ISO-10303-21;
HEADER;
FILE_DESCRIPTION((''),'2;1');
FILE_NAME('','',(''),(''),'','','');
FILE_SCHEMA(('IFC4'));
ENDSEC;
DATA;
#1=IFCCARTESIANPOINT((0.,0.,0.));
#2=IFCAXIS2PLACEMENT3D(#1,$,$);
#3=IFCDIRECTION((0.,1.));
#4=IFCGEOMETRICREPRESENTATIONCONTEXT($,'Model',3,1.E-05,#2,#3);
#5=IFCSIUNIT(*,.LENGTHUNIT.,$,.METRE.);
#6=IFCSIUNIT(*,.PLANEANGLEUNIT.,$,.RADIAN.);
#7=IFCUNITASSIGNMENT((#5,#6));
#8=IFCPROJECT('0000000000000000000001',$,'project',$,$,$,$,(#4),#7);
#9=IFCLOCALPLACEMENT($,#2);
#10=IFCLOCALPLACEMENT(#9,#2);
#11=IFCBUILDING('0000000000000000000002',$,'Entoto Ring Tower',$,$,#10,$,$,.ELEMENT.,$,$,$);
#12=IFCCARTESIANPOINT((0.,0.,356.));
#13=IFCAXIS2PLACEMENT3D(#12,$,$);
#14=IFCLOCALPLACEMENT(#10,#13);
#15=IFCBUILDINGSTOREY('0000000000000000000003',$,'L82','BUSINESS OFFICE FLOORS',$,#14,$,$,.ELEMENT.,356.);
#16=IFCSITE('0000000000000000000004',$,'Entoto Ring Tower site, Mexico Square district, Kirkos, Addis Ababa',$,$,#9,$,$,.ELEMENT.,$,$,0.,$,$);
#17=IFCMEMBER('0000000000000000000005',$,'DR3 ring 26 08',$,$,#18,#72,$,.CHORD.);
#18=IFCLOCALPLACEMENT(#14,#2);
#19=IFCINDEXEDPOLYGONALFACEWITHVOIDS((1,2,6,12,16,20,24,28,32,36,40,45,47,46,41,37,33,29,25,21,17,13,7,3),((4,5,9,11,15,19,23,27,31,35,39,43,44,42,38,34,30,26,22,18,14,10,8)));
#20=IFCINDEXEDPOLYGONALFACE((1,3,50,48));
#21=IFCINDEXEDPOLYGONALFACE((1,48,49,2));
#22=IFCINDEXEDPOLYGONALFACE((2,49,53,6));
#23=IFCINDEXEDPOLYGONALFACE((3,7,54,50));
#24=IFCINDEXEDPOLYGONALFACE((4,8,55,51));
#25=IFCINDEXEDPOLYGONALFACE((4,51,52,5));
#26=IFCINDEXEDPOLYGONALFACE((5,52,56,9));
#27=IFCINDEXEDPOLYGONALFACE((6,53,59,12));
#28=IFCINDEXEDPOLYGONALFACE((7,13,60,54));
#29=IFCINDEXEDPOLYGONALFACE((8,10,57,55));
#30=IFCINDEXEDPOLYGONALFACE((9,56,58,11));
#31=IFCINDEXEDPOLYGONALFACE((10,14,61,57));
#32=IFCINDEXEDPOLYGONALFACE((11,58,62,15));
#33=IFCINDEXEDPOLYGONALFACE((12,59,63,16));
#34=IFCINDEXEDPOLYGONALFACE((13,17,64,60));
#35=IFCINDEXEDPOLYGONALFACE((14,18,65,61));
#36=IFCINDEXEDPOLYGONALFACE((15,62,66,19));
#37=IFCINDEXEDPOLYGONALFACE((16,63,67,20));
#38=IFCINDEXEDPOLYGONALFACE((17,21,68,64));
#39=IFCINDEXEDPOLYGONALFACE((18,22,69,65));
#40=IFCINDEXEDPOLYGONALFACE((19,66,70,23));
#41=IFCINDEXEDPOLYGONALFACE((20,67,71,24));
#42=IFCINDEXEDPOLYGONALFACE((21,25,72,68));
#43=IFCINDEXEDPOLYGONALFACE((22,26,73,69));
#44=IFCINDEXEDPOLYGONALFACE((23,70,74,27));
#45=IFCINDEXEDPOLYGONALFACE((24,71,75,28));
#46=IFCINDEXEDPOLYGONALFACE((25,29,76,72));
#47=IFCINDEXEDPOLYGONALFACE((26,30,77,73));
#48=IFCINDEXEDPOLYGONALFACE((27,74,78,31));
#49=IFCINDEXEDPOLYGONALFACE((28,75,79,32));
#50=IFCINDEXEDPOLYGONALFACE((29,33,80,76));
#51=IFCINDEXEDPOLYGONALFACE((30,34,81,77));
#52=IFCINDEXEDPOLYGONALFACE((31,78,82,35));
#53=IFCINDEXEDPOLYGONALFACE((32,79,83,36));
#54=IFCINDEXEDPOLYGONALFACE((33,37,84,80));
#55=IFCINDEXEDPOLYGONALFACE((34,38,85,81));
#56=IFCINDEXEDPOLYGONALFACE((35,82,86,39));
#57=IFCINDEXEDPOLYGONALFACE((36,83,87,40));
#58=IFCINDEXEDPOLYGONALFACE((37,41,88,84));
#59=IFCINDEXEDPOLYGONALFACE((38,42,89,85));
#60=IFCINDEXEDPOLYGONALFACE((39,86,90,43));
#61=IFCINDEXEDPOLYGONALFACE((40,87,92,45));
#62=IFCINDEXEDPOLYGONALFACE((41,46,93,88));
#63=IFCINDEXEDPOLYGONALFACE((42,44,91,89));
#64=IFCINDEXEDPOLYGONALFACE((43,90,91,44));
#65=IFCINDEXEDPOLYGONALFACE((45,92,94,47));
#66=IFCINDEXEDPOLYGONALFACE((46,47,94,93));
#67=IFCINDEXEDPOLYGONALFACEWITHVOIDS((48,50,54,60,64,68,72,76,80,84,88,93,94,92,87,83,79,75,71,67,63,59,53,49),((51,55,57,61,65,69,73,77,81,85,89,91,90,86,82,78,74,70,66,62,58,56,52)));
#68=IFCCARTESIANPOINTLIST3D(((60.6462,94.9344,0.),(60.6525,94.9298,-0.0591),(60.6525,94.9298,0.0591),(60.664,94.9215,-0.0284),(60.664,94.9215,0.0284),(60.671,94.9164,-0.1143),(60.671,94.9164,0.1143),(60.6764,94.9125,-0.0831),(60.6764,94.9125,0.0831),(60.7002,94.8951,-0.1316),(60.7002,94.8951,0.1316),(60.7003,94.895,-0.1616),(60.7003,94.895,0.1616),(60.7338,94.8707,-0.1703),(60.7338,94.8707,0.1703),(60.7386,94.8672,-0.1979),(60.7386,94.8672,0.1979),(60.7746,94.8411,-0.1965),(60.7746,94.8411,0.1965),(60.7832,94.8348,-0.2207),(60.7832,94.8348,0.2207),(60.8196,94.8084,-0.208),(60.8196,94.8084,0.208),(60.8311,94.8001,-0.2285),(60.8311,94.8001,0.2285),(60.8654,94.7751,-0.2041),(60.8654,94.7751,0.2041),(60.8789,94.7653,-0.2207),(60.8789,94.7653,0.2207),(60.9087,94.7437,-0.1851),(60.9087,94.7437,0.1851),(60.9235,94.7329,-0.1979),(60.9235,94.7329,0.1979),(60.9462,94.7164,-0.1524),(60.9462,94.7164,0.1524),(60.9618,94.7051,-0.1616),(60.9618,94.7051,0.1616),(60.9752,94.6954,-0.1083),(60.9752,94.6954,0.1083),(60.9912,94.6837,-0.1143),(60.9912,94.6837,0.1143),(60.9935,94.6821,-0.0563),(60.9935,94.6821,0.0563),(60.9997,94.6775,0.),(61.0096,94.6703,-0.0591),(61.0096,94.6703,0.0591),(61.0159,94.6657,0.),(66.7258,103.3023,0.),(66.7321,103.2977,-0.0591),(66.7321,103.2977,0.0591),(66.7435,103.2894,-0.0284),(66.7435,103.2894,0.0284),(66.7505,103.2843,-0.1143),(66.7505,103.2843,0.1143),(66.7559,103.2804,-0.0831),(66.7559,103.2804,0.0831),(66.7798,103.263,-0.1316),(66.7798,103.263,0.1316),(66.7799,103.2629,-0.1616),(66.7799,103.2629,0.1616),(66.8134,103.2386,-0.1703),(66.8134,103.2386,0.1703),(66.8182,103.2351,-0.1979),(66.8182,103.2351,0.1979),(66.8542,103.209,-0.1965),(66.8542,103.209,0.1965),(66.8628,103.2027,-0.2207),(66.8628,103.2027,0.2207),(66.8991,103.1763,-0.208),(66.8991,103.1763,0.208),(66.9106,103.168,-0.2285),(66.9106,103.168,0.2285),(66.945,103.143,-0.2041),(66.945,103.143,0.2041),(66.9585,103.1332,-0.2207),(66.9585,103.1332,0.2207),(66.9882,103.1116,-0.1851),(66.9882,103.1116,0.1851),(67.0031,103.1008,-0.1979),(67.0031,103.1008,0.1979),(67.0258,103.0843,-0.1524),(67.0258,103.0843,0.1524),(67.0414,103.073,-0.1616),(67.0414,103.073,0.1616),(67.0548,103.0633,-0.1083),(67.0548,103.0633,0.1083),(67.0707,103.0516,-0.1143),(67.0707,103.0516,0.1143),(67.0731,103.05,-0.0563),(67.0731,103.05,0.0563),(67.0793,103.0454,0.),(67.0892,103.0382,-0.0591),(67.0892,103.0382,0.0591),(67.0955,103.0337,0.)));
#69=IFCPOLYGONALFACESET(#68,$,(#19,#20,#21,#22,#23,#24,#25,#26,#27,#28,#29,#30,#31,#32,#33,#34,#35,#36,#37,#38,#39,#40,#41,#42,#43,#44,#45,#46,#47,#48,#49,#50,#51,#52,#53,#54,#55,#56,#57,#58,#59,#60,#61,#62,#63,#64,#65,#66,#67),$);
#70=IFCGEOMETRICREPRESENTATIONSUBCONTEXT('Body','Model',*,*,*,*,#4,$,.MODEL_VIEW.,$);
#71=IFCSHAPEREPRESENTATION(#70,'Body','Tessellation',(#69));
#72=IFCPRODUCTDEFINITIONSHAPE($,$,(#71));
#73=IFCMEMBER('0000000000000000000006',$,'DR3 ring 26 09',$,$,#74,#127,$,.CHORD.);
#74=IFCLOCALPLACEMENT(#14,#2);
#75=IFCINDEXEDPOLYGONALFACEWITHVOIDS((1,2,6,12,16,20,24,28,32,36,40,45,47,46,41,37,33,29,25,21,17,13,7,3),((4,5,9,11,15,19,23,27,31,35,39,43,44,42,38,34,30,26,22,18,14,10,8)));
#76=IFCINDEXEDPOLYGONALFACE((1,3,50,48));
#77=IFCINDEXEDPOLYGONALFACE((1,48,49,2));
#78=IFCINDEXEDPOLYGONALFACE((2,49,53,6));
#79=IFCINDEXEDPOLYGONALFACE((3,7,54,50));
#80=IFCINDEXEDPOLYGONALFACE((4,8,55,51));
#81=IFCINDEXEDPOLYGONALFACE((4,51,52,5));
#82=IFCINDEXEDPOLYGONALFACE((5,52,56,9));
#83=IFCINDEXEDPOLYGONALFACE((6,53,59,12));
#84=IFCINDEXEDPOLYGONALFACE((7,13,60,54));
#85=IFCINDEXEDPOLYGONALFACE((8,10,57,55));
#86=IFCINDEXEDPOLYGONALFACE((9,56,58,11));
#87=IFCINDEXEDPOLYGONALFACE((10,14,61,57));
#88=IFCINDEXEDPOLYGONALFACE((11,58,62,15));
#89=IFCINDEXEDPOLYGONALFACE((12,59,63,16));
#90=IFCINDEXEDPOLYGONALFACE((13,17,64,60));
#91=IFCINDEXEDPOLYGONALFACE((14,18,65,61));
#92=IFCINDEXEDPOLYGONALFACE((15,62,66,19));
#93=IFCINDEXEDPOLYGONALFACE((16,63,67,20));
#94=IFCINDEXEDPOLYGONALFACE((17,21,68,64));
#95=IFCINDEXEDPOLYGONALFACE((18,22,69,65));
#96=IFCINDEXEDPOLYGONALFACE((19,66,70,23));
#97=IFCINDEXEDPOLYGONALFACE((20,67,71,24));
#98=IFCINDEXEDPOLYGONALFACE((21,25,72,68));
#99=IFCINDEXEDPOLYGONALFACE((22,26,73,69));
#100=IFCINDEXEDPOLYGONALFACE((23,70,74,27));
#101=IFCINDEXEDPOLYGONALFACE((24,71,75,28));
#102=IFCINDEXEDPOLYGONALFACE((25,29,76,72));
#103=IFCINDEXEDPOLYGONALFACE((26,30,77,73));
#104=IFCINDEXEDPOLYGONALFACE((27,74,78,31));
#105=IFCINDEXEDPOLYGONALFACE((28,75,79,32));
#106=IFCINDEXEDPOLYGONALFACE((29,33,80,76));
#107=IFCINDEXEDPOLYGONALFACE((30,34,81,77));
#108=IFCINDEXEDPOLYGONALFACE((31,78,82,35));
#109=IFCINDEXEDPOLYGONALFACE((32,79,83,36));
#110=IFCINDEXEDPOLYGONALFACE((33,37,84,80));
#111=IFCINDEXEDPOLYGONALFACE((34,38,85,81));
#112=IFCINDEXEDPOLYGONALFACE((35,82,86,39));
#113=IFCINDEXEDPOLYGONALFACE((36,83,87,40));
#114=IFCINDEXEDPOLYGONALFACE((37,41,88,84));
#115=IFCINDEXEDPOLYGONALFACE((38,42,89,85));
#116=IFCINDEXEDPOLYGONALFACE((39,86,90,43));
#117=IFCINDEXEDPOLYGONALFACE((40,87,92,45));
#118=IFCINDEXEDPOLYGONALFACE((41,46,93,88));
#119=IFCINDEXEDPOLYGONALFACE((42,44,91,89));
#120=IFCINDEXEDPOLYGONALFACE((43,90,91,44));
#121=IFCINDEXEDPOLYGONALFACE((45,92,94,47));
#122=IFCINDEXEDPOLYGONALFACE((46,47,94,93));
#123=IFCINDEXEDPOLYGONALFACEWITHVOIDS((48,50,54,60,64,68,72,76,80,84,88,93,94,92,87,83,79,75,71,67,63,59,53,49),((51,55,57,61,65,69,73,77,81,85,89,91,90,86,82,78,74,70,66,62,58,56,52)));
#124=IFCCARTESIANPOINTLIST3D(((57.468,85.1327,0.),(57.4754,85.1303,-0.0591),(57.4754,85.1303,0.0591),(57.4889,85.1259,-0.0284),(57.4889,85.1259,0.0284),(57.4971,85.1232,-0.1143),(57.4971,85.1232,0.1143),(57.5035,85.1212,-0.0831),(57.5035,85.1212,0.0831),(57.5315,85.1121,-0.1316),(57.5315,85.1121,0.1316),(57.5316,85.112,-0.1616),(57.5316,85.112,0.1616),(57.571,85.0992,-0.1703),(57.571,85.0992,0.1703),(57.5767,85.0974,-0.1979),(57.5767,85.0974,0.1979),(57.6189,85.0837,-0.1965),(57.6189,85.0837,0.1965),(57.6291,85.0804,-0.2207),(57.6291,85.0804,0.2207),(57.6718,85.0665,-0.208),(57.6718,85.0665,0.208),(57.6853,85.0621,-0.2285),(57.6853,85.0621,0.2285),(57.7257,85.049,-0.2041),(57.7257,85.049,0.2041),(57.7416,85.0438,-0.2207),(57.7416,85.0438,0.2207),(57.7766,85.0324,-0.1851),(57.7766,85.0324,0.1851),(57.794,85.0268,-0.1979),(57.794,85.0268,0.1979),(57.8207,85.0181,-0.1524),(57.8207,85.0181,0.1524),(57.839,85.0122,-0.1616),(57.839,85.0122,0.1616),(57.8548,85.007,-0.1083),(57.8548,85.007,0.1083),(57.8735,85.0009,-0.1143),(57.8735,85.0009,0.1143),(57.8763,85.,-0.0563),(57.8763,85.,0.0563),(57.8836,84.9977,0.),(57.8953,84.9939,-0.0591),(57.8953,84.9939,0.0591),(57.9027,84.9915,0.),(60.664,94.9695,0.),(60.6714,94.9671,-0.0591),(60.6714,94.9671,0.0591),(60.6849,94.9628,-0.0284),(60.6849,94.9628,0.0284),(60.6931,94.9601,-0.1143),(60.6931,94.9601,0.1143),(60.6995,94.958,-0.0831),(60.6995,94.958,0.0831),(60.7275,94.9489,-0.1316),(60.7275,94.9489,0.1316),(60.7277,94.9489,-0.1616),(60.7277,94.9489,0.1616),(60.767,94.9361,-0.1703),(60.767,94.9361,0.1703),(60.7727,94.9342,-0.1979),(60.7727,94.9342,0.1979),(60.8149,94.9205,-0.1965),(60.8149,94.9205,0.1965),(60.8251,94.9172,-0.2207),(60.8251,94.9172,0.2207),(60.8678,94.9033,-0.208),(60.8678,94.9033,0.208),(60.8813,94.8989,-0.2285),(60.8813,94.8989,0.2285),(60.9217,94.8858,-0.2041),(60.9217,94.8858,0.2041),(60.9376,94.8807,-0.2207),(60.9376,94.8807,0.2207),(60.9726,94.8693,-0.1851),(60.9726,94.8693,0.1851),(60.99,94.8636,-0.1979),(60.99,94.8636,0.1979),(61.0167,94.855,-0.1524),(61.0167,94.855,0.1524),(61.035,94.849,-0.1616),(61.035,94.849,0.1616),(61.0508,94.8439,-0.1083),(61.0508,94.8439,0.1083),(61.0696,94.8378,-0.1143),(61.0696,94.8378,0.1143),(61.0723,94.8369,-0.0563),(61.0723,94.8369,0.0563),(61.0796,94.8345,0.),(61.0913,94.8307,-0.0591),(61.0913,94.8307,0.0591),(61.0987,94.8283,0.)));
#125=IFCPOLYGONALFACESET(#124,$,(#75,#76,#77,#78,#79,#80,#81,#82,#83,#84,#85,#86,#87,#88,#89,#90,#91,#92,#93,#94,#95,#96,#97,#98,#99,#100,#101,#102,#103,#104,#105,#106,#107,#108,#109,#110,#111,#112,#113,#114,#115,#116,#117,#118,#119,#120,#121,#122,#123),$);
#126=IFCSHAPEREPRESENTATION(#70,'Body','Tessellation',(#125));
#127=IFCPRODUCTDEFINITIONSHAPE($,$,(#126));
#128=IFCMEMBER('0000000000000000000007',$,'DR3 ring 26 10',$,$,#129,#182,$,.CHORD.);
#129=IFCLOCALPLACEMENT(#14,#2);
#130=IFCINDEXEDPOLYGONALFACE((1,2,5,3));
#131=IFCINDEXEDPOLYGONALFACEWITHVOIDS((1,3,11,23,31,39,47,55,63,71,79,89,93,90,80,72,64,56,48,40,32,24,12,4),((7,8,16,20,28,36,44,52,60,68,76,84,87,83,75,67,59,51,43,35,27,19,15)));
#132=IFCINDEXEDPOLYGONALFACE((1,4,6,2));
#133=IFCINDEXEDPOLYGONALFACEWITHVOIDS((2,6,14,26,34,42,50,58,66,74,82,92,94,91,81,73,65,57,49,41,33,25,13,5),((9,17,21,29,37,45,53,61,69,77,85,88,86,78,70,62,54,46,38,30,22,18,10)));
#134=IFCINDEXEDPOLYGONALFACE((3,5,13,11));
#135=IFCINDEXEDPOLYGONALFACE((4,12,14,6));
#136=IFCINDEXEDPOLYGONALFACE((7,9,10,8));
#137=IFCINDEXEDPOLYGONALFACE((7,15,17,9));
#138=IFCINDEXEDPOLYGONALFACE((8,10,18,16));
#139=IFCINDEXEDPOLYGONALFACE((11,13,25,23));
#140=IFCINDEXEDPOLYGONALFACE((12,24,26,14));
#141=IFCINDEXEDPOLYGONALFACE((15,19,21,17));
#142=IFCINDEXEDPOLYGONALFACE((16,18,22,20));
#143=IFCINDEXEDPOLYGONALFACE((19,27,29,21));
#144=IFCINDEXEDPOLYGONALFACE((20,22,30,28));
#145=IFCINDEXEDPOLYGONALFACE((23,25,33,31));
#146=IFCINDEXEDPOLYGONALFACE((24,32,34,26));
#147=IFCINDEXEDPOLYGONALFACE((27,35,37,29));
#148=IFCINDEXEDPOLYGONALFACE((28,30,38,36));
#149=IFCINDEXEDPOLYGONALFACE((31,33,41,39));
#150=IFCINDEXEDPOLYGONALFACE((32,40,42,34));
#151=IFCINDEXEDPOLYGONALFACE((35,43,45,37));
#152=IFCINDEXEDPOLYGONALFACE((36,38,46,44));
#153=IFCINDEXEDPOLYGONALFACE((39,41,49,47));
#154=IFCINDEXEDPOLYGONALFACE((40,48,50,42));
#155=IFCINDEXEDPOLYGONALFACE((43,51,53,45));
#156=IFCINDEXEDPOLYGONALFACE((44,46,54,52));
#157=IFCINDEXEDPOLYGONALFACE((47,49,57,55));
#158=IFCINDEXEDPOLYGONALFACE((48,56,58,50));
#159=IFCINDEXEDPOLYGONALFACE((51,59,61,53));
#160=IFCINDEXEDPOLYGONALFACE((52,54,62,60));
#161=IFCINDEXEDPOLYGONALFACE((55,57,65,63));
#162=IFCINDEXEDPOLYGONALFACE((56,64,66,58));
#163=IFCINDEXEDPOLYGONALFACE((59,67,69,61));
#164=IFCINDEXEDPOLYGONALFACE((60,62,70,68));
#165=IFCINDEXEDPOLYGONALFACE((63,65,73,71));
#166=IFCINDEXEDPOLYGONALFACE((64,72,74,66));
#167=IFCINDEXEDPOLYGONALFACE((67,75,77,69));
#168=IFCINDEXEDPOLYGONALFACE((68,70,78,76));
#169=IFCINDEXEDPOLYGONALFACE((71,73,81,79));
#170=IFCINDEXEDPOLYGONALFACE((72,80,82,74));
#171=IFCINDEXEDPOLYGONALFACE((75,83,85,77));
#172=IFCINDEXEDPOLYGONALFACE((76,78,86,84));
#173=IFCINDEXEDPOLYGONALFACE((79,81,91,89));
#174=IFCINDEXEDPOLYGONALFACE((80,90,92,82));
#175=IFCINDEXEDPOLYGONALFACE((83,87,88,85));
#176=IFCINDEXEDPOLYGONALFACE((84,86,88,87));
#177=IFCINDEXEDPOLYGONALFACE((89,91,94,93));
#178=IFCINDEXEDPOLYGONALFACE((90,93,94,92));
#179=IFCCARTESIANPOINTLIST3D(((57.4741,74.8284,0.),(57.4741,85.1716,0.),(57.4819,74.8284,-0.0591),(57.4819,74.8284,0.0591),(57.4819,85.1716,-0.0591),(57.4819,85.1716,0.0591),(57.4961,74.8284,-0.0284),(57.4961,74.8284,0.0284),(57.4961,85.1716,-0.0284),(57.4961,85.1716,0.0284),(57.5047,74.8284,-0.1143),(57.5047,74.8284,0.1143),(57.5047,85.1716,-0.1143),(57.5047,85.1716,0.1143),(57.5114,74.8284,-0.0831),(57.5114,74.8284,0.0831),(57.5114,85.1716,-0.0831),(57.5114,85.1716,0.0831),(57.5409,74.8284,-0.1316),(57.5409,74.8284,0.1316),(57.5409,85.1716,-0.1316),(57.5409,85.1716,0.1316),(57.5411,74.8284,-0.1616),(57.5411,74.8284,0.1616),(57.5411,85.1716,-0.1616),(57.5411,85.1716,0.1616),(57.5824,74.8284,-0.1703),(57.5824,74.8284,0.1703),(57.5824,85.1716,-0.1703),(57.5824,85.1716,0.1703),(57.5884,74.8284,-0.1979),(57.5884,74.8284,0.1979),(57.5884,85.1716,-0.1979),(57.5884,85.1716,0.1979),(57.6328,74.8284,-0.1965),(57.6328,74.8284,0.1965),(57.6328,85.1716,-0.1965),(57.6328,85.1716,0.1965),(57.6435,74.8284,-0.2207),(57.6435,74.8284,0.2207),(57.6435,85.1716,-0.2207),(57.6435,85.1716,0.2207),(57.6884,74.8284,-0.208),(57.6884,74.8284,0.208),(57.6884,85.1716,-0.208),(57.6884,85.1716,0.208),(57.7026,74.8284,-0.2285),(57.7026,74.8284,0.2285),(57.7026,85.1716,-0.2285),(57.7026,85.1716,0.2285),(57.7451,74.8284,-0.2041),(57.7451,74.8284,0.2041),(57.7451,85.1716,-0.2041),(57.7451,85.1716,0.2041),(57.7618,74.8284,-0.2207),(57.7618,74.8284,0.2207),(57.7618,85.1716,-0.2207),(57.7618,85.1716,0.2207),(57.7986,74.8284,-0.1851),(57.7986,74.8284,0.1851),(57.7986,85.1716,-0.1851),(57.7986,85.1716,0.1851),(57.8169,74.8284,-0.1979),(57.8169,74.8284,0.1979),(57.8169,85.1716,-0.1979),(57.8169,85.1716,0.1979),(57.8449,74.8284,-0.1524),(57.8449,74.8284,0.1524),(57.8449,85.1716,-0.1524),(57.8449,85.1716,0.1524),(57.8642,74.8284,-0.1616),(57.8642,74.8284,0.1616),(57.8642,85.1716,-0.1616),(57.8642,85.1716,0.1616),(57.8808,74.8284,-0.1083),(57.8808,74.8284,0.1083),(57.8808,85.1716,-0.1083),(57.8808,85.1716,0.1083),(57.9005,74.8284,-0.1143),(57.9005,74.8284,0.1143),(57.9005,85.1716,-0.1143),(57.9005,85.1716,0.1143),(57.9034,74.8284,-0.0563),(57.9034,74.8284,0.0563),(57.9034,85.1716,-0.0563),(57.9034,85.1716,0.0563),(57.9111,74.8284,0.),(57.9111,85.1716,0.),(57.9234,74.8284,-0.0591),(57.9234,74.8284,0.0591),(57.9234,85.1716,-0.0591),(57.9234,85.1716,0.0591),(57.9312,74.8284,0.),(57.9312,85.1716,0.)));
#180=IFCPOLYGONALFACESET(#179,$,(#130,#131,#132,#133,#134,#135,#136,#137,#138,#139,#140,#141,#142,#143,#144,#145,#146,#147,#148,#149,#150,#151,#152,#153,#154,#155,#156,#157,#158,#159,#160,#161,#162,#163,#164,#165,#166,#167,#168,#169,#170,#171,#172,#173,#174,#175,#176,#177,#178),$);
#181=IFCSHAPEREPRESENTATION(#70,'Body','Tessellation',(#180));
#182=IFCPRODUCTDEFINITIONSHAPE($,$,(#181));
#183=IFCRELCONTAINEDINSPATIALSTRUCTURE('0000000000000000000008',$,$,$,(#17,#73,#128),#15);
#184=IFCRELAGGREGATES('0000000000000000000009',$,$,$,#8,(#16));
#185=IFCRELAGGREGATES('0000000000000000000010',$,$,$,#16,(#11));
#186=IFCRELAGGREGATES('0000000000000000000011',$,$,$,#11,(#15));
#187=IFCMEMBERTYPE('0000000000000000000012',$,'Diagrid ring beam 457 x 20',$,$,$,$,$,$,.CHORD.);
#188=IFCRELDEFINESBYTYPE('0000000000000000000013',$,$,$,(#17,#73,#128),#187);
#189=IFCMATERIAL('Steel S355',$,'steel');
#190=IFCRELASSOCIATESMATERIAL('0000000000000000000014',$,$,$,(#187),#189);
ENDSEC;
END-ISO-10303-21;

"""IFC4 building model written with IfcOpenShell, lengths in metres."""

from ifc_helpers import new_model, si_unit, direction, frame, origin, origin_2d, place, context, subcontext, project, spatial, circle, hollow_circle, extrude, material, material_profile, profile_set, type_object, element, save


model = new_model("IFC4")

# Units and contexts
model_context = context("Model", 3, precision=1e-05, world=origin(), true_north=direction((0.0, 1.0)))
body_context = subcontext(model_context, "Body", "Model", "MODEL_VIEW")
ifc_project = project(units=[si_unit("LENGTHUNIT", "METRE"), si_unit("PLANEANGLEUNIT", "RADIAN")], contexts=[model_context])

# Site, building, storey
site_placement = place(None, origin())
site = spatial("IfcSite", under=ifc_project, at=site_placement, Name="Entoto Ring Tower site, Mexico Square district, Kirkos, Addis Ababa", CompositionType="ELEMENT", RefElevation=0.0)
building_placement = place(site_placement, origin())
building = spatial("IfcBuilding", under=site, at=building_placement, Name="Entoto Ring Tower", CompositionType="ELEMENT")
storey_placement = place(building_placement, frame((0.0, 0.0, 356.0)))
storey = spatial("IfcBuildingStorey", under=building, at=storey_placement, Name="L82", Description="BUSINESS OFFICE FLOORS", CompositionType="ELEMENT", Elevation=356.0)

# Members
ifc_material_1 = material(Name="Steel S355", Category="steel")
ifc_material_profile_1 = material_profile(ifc_material_1, hollow_circle(Radius=0.2285, WallThickness=0.02, at=origin_2d()), Name="CHS 457 x 20")
ifc_material_2 = material(Name="Concrete C60/75", Category="concrete")
ifc_material_profile_2 = material_profile(ifc_material_2, circle(Radius=0.2085, at=origin_2d()), Name="Concrete C60/75 infill")
ifc_profile_set_1 = profile_set([ifc_material_profile_1, ifc_material_profile_2], Name="Steel S355")
member_type_1 = type_object("IfcMemberType", Name="Diagrid ring beam 457 x 20", PredefinedType="CHORD", material=ifc_profile_set_1)
for number, where, z_axis, x_axis, name in (
    (1, (66.9106, 103.168, 0.0), (-0.587781, -0.80902, 0.0), (0.80902, -0.587781, 0.0), "DR3 ring 26 08"),
):
    element("IfcMember", number, at=place(storey_placement, frame(where, z_axis=z_axis, x_axis=x_axis)), inside=storey, type_object=member_type_1, Name=name, PredefinedType="CHORD", context=body_context, shape_type="SweptSolid", body=[
        extrude(hollow_circle(Radius=0.2285, WallThickness=0.02, at=origin_2d()), origin(), (0.0, 0.0, 1.0), 10.3433),
    ])
member_1_placement = place(storey_placement, frame((60.8813, 94.8989, 0.0), z_axis=(-0.309003, -0.951061, 0.0), x_axis=(0.951061, -0.309003, 0.0)))
element("IfcMember", 2, at=member_1_placement, inside=storey, type_object=member_type_1, Name="DR3 ring 26 09", PredefinedType="CHORD", context=body_context, shape_type="SweptSolid", body=[
    extrude(hollow_circle(Radius=0.2285, WallThickness=0.02, at=origin_2d()), origin(), (0.0, 0.0, 1.0), 10.343),
])
member_2_placement = place(storey_placement, frame((57.7026, 85.1716, 0.0), z_axis=(0.0, -1.0, 0.0), x_axis=(1.0, 0.0, 0.0)))
element("IfcMember", 3, at=member_2_placement, inside=storey, type_object=member_type_1, Name="DR3 ring 26 10", PredefinedType="CHORD", context=body_context, shape_type="SweptSolid", body=[
    extrude(hollow_circle(Radius=0.2285, WallThickness=0.02, at=origin_2d()), origin(), (0.0, 0.0, 1.0), 10.3433),
])

save(model, "model.ifc")
